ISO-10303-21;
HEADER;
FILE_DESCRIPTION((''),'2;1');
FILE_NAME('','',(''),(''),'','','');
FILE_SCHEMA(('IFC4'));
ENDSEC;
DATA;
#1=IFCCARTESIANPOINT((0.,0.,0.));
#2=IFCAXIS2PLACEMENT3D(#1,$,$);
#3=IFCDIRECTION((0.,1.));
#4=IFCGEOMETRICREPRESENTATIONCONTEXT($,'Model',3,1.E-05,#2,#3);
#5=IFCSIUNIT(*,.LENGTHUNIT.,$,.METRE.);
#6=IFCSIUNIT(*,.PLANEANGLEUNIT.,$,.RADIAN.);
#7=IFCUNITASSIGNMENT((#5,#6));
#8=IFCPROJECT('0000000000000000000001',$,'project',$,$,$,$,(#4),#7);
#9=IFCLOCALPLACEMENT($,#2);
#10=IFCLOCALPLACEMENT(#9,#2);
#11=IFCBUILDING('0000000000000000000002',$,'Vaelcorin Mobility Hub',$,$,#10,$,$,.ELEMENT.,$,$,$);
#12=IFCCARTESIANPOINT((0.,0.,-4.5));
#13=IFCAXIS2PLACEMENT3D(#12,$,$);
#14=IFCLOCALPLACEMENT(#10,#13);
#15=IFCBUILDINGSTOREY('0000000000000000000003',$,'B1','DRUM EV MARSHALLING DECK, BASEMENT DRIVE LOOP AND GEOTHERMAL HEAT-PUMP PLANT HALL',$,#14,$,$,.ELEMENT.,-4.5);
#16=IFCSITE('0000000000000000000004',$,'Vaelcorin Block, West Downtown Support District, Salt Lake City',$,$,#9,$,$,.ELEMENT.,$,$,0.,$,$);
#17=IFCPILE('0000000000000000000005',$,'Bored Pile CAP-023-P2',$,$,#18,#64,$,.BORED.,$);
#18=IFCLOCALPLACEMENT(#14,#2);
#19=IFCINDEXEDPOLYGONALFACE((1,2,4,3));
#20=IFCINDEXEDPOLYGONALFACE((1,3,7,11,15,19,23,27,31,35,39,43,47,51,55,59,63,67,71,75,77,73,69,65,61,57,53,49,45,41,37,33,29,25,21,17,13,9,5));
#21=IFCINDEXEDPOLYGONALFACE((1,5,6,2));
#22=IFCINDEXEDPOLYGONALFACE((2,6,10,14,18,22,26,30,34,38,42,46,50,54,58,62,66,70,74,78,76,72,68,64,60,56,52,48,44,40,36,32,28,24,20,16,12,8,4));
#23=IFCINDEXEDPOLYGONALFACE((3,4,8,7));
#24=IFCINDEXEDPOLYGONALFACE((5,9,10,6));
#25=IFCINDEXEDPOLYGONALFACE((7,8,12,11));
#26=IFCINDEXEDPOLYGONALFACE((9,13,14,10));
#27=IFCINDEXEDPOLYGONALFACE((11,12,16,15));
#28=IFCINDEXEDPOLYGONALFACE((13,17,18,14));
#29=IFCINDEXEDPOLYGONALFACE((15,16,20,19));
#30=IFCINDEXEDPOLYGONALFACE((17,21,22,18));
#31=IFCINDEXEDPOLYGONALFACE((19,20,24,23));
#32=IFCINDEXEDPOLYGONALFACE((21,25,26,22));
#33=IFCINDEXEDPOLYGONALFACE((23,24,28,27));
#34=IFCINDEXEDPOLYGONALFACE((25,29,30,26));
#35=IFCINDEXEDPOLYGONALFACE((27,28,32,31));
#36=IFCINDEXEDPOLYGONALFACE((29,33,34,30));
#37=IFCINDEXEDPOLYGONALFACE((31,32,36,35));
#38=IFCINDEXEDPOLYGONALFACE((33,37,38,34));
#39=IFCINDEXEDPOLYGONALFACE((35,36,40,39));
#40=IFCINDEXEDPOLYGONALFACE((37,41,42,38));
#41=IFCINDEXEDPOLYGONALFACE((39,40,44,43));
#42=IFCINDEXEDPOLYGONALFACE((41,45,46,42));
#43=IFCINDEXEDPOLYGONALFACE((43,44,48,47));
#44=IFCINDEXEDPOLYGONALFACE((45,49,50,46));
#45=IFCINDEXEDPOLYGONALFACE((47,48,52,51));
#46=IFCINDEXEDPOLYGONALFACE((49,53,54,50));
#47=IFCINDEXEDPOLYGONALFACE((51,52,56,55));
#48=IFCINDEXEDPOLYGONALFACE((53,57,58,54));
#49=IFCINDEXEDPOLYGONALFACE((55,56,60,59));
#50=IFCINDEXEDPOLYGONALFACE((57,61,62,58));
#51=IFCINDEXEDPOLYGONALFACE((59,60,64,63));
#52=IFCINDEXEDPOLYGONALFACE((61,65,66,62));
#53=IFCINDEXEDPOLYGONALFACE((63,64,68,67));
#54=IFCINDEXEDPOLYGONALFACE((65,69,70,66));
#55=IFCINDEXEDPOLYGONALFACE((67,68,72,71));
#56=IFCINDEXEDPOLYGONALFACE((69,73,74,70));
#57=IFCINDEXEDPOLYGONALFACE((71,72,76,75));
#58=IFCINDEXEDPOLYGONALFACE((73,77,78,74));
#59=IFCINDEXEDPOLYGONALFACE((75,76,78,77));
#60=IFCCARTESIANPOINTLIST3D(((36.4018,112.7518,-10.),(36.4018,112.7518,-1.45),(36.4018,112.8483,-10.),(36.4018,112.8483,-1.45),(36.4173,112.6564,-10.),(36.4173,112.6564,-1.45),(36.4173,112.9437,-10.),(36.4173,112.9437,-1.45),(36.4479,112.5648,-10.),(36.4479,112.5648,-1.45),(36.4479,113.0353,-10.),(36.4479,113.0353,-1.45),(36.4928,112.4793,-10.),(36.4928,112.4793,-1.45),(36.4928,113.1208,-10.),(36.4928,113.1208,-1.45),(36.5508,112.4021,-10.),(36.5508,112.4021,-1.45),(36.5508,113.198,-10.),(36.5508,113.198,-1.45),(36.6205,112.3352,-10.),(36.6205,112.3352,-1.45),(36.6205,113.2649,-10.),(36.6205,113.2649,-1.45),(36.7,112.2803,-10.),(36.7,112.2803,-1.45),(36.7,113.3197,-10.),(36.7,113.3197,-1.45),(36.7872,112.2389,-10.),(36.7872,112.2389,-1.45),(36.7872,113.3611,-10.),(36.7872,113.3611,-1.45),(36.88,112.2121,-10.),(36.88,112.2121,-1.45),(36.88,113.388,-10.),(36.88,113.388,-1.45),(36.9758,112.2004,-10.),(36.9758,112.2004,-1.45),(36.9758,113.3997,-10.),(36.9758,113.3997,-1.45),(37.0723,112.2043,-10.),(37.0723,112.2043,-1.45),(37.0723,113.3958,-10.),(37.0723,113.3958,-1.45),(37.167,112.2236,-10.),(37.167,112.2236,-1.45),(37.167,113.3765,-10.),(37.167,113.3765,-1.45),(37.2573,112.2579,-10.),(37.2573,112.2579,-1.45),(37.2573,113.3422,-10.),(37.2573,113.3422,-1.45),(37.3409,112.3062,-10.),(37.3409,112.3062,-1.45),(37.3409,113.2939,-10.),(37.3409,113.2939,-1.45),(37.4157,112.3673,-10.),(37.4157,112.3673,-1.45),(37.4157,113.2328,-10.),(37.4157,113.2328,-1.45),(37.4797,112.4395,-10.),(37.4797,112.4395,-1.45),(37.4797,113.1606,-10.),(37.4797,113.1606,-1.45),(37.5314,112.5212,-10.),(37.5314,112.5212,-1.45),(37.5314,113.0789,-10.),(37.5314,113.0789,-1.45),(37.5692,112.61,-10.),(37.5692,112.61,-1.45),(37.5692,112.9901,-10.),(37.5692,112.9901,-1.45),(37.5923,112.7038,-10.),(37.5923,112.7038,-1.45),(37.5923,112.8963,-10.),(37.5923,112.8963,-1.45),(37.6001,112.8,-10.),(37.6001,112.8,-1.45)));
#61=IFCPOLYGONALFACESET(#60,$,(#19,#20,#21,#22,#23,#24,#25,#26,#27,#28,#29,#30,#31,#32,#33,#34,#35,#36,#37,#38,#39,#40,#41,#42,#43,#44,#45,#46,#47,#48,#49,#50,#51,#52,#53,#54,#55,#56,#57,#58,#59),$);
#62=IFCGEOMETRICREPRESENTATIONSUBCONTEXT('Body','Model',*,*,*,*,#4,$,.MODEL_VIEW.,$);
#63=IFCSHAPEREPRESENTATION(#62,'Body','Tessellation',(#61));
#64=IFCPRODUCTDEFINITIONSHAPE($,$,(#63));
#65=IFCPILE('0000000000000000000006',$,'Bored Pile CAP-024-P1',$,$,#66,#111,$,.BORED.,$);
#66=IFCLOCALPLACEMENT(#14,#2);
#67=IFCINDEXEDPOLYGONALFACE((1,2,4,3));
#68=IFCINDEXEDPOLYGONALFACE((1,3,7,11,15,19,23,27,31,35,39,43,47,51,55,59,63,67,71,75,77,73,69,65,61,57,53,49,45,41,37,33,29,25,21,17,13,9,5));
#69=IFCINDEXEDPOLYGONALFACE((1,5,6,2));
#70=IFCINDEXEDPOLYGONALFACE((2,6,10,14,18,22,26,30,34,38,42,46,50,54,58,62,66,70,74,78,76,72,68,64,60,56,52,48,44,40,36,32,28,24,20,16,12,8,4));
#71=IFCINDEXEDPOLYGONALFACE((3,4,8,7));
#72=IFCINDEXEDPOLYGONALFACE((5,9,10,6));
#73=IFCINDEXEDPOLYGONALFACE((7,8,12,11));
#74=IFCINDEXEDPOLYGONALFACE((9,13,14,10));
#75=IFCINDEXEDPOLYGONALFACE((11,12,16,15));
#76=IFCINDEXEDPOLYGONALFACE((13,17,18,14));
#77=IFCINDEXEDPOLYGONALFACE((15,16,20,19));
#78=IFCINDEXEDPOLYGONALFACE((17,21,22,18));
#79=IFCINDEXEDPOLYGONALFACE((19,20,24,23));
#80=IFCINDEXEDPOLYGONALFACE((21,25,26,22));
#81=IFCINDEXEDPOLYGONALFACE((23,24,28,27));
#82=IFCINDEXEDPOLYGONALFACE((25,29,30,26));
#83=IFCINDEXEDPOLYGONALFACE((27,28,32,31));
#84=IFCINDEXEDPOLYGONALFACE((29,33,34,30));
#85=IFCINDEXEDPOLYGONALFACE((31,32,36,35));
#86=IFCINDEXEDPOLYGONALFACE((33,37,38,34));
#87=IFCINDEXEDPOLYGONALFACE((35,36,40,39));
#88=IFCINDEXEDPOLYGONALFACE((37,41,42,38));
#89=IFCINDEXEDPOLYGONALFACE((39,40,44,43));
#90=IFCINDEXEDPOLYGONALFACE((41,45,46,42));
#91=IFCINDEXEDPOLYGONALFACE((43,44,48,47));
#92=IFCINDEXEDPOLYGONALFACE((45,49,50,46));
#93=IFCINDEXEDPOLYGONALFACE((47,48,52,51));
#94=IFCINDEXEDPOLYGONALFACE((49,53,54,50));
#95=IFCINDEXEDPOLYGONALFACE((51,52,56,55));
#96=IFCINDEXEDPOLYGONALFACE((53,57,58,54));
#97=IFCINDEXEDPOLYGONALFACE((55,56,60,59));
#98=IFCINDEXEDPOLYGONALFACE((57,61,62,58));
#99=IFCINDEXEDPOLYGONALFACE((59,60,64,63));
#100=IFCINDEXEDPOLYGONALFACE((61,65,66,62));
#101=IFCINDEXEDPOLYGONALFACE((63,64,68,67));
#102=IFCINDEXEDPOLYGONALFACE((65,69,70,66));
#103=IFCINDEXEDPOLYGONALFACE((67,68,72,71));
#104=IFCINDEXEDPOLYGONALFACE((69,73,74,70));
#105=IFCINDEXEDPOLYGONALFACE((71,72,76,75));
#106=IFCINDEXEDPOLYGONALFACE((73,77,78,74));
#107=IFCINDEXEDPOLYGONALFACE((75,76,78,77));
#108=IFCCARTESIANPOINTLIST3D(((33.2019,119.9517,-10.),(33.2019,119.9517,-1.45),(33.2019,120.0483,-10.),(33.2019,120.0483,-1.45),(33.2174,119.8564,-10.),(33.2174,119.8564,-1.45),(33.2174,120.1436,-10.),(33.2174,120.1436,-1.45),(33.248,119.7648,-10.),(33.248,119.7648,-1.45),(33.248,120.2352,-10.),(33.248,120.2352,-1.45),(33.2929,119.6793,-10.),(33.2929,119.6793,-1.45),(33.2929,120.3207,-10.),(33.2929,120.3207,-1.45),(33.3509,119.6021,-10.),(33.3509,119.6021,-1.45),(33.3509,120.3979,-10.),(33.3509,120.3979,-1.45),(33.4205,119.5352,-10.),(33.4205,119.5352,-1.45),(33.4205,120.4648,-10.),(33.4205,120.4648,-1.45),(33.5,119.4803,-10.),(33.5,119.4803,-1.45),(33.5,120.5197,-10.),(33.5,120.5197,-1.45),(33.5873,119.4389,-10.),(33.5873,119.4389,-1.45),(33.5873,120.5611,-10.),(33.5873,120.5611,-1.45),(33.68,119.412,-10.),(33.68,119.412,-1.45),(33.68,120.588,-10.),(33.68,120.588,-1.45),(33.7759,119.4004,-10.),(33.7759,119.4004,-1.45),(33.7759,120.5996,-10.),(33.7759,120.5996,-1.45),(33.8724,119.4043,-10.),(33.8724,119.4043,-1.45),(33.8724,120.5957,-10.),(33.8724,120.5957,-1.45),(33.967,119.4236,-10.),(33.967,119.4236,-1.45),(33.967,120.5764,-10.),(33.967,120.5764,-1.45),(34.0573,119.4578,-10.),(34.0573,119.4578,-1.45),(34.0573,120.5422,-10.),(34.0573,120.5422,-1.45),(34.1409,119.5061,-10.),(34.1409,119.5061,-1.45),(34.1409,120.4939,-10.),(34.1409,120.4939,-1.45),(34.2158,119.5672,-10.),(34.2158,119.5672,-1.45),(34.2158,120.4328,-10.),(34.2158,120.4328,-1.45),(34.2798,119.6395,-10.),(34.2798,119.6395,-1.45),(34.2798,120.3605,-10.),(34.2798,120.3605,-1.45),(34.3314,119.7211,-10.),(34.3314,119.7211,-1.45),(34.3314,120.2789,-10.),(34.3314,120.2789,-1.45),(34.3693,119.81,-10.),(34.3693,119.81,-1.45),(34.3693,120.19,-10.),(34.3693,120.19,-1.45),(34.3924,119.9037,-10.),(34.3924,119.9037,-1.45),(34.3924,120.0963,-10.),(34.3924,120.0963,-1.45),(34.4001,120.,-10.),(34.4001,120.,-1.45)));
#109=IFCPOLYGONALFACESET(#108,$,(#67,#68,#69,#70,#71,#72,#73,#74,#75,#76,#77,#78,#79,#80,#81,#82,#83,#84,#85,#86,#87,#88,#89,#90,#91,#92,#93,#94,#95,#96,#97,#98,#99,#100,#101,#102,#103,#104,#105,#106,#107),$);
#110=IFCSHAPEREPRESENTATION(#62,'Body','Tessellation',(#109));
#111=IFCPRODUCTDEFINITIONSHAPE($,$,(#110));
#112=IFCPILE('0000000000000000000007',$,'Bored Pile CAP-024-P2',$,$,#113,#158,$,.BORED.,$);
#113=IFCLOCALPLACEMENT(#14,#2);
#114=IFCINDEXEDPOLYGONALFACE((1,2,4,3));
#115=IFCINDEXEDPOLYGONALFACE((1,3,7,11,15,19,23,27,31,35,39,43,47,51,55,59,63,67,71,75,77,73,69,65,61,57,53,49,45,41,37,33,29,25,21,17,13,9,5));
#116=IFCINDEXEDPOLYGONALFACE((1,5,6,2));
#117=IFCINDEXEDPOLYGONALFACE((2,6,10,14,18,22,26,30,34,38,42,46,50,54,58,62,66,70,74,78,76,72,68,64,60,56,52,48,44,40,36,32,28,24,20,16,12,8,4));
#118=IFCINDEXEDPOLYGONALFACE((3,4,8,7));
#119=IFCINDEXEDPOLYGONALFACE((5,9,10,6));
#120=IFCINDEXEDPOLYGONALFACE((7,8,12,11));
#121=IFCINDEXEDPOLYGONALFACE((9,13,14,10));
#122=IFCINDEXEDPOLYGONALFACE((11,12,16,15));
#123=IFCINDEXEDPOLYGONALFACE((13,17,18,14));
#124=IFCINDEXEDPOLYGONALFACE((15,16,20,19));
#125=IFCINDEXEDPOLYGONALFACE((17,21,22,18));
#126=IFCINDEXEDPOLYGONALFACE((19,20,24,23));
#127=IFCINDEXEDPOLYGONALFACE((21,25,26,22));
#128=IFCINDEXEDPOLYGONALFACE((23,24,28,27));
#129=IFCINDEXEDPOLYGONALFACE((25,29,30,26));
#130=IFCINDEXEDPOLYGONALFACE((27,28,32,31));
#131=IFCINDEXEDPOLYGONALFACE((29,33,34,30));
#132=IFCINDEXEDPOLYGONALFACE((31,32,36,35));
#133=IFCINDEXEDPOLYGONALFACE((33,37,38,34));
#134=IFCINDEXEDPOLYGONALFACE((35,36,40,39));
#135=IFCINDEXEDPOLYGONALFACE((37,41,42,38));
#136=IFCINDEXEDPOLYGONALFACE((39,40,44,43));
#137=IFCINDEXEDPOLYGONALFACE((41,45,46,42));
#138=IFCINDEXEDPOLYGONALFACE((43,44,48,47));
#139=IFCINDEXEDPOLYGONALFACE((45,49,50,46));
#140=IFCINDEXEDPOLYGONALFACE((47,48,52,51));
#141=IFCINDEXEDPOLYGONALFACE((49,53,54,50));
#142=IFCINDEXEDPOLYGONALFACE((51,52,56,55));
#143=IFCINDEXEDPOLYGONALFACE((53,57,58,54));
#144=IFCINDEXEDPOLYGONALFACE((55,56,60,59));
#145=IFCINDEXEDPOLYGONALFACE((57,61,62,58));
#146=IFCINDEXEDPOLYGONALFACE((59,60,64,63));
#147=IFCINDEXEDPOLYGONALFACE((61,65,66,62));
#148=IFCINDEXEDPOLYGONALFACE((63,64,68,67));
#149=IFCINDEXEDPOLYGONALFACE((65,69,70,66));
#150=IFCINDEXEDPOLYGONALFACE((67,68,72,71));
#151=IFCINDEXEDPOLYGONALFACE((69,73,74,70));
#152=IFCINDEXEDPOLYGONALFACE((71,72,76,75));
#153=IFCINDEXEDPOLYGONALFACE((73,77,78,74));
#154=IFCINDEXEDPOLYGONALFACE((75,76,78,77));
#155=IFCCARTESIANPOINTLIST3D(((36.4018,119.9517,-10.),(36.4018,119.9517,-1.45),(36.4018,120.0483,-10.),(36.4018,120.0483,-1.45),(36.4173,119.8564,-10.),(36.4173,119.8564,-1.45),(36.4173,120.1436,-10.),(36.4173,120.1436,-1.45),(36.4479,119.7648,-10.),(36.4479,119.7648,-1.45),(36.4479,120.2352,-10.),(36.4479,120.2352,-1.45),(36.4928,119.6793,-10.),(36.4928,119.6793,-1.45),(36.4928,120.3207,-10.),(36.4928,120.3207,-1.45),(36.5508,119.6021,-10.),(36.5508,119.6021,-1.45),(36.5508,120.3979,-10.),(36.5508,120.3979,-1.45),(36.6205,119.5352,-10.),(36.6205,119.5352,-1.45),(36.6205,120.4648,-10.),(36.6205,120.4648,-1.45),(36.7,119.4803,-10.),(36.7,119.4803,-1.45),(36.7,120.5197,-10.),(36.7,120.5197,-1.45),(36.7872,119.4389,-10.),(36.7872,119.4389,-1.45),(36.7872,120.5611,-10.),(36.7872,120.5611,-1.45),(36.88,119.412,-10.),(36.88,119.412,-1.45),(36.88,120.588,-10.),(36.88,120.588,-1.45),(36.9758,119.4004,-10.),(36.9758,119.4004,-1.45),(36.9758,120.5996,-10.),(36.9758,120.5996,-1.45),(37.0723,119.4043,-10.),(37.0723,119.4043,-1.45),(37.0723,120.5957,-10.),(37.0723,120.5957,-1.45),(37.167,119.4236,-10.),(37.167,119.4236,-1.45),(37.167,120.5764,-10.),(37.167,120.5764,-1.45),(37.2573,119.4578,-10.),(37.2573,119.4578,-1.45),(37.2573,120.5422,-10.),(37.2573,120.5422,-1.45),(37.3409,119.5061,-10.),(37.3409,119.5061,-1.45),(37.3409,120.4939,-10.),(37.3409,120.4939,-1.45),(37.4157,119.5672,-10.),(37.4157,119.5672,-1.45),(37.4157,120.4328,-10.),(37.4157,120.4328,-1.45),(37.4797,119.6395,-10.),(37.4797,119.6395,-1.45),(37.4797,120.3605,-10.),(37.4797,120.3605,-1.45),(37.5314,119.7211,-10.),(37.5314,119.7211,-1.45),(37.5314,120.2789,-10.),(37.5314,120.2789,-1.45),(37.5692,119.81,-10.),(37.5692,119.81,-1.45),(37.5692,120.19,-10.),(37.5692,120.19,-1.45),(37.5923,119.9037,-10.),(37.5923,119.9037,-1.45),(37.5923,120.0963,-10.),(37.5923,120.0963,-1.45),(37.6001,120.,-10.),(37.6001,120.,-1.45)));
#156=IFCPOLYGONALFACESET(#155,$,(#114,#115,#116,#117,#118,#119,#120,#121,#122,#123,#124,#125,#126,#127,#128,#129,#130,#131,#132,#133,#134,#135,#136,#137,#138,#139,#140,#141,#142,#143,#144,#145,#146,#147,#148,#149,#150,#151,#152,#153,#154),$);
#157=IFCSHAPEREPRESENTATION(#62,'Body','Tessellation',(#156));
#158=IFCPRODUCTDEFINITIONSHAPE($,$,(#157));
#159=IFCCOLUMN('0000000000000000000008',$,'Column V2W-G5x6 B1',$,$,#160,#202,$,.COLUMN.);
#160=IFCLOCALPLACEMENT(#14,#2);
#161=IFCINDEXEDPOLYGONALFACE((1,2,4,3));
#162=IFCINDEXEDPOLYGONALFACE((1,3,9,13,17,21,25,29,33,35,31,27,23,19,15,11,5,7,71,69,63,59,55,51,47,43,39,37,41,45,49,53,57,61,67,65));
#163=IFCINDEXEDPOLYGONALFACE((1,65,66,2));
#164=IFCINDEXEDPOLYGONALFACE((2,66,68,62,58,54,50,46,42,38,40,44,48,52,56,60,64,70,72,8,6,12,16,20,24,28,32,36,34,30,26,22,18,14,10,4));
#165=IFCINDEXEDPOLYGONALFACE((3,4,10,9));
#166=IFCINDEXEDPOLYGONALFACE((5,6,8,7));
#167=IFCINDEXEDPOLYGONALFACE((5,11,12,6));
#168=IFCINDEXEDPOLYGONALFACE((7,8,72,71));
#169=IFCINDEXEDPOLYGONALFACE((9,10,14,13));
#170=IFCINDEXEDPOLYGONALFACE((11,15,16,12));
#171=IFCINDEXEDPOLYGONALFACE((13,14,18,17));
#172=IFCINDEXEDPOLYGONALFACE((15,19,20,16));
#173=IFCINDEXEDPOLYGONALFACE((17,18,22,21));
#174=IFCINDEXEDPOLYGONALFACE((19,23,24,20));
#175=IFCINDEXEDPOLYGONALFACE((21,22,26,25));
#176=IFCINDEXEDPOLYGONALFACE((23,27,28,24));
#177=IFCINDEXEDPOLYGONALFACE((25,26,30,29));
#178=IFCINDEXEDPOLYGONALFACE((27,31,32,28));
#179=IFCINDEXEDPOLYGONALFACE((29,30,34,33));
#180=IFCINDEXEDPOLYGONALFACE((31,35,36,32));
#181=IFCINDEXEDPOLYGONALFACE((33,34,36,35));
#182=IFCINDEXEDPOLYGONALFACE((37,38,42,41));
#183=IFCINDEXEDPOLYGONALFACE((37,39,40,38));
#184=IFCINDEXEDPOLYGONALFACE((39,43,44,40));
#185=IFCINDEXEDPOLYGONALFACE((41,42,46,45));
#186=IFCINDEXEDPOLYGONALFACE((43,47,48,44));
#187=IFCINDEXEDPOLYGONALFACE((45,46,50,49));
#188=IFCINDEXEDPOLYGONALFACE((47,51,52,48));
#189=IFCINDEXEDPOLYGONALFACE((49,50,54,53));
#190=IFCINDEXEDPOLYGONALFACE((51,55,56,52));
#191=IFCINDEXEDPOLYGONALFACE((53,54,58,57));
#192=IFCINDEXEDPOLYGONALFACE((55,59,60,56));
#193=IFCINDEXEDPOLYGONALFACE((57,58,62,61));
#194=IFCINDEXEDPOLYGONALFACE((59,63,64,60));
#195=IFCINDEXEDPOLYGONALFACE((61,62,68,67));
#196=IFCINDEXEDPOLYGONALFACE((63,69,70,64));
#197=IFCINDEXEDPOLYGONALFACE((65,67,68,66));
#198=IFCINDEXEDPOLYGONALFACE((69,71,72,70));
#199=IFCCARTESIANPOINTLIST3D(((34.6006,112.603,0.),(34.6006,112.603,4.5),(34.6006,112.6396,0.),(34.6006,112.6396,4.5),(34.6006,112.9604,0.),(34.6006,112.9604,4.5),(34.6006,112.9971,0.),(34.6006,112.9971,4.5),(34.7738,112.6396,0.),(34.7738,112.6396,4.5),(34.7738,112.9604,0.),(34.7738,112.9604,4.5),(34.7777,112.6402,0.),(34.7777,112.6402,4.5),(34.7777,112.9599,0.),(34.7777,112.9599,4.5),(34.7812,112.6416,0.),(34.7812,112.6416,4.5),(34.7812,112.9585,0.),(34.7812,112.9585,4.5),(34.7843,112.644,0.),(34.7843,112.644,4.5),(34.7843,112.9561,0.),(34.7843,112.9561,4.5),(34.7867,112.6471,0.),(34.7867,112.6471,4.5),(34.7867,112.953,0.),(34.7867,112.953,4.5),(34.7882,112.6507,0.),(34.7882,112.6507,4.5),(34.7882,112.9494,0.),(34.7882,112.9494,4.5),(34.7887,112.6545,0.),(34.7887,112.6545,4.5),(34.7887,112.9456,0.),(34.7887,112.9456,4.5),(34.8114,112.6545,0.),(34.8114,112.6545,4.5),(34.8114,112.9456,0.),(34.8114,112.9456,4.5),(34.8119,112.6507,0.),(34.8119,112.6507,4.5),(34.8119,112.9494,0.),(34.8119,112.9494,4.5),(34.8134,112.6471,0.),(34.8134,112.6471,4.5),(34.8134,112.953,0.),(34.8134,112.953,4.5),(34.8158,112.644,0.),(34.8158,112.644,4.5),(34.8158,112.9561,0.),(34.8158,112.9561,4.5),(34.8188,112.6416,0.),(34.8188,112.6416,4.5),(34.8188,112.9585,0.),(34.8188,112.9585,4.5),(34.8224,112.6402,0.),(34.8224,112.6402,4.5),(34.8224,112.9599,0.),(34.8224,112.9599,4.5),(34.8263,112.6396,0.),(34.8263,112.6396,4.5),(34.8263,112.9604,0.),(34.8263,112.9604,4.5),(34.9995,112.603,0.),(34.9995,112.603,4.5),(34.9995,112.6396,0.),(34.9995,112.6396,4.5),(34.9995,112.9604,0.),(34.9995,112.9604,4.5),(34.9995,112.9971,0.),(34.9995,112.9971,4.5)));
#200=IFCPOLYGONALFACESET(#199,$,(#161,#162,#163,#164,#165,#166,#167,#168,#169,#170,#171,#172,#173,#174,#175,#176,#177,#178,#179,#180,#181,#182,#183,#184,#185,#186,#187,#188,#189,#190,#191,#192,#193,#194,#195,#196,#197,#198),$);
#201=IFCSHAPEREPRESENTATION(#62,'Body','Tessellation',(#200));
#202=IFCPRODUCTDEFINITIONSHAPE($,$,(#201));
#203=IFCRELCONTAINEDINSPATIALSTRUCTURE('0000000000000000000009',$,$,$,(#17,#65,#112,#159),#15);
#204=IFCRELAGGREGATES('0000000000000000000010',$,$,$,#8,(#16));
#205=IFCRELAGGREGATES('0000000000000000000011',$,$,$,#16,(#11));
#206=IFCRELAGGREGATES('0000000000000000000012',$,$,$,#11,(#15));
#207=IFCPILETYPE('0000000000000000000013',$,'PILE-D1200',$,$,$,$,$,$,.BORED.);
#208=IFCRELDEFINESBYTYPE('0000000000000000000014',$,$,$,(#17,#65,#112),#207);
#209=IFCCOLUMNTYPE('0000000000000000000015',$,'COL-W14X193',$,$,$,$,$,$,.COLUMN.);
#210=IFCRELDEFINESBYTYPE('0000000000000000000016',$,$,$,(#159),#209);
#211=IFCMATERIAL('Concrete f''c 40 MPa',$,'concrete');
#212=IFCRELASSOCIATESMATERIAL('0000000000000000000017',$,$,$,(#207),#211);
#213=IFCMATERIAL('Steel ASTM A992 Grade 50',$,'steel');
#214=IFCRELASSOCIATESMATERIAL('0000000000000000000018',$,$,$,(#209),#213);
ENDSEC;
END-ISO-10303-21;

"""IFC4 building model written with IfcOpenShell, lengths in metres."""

from ifc_helpers import new_model, si_unit, direction, frame, origin, origin_2d, place, context, subcontext, project, spatial, circle, i_section, extrude, material, material_profile, profile_set, type_object, element, save


model = new_model("IFC4")

# Units and contexts
model_context = context("Model", 3, precision=1e-05, world=origin(), true_north=direction((0.0, 1.0)))
body_context = subcontext(model_context, "Body", "Model", "MODEL_VIEW")
ifc_project = project(units=[si_unit("LENGTHUNIT", "METRE"), si_unit("PLANEANGLEUNIT", "RADIAN")], contexts=[model_context])

# Site, building, storey
site_placement = place(None, origin())
site = spatial("IfcSite", under=ifc_project, at=site_placement, Name="Vaelcorin Block, West Downtown Support District, Salt Lake City", CompositionType="ELEMENT", RefElevation=0.0)
building_placement = place(site_placement, origin())
building = spatial("IfcBuilding", under=site, at=building_placement, Name="Vaelcorin Mobility Hub", CompositionType="ELEMENT")
storey_placement = place(building_placement, frame((0.0, 0.0, -4.5)))
storey = spatial("IfcBuildingStorey", under=building, at=storey_placement, Name="B1", Description="DRUM EV MARSHALLING DECK, BASEMENT DRIVE LOOP AND GEOTHERMAL HEAT-PUMP PLANT HALL", CompositionType="ELEMENT", Elevation=-4.5)

# Shared definitions
ifc_material_1 = material(Name="Concrete f'c 40 MPa", Category="concrete")

# Piles
ifc_material_profile_1 = material_profile(ifc_material_1, circle(Radius=0.6001, at=origin_2d()), Name="BP-D1200")
ifc_profile_set_1 = profile_set([ifc_material_profile_1], Name="Concrete f'c 40 MPa")
pile_type_1 = type_object("IfcPileType", Name="PILE-D1200", PredefinedType="BORED", material=ifc_profile_set_1)
for number, where, z_axis, x_axis, name in (
    (1, (37.0, 112.8, -1.45), (0.0, 0.0, -1.0), (1.0, 0.0, 0.0), "Bored Pile CAP-023-P2"),
    (2, (33.8, 120.0, -1.45), (0.0, 0.0, -1.0), (1.0, 0.0, 0.0), "Bored Pile CAP-024-P1"),
    (3, (37.0, 120.0, -1.45), (0.0, 0.0, -1.0), (1.0, 0.0, 0.0), "Bored Pile CAP-024-P2"),
):
    element("IfcPile", number, at=place(storey_placement, frame(where, z_axis=z_axis, x_axis=x_axis)), inside=storey, type_object=pile_type_1, Name=name, PredefinedType="BORED", context=body_context, shape_type="SweptSolid", body=[
        extrude(circle(Radius=0.6001, at=origin_2d()), origin(), (0.0, 0.0, 1.0), 8.55),
    ])

# Column
ifc_material_2 = material(Name="Steel ASTM A992 Grade 50", Category="steel")
ifc_material_profile_2 = material_profile(ifc_material_2, i_section(OverallWidth=0.3989, OverallDepth=0.394, WebThickness=0.0227, FlangeThickness=0.0366, FilletRadius=0.0149, at=origin_2d()), Name="W14X193")
ifc_profile_set_2 = profile_set([ifc_material_profile_2], Name="Steel ASTM A992 Grade 50")
column_type_1 = type_object("IfcColumnType", Name="COL-W14X193", PredefinedType="COLUMN", material=ifc_profile_set_2)
for number, where, z_axis, x_axis, name in (
    (4, (34.8, 112.8, 0.0), (0.0, 0.0, 1.0), (1.0, 0.0, 0.0), "Column V2W-G5x6 B1"),
):
    element("IfcColumn", number, at=place(storey_placement, frame(where, z_axis=z_axis, x_axis=x_axis)), inside=storey, type_object=column_type_1, Name=name, PredefinedType="COLUMN", context=body_context, shape_type="SweptSolid", body=[
        extrude(i_section(OverallWidth=0.3989, OverallDepth=0.394, WebThickness=0.0227, FlangeThickness=0.0366, FilletRadius=0.0149, at=origin_2d()), origin(), (0.0, 0.0, 1.0), 4.5),
    ])

save(model, "model.ifc")
